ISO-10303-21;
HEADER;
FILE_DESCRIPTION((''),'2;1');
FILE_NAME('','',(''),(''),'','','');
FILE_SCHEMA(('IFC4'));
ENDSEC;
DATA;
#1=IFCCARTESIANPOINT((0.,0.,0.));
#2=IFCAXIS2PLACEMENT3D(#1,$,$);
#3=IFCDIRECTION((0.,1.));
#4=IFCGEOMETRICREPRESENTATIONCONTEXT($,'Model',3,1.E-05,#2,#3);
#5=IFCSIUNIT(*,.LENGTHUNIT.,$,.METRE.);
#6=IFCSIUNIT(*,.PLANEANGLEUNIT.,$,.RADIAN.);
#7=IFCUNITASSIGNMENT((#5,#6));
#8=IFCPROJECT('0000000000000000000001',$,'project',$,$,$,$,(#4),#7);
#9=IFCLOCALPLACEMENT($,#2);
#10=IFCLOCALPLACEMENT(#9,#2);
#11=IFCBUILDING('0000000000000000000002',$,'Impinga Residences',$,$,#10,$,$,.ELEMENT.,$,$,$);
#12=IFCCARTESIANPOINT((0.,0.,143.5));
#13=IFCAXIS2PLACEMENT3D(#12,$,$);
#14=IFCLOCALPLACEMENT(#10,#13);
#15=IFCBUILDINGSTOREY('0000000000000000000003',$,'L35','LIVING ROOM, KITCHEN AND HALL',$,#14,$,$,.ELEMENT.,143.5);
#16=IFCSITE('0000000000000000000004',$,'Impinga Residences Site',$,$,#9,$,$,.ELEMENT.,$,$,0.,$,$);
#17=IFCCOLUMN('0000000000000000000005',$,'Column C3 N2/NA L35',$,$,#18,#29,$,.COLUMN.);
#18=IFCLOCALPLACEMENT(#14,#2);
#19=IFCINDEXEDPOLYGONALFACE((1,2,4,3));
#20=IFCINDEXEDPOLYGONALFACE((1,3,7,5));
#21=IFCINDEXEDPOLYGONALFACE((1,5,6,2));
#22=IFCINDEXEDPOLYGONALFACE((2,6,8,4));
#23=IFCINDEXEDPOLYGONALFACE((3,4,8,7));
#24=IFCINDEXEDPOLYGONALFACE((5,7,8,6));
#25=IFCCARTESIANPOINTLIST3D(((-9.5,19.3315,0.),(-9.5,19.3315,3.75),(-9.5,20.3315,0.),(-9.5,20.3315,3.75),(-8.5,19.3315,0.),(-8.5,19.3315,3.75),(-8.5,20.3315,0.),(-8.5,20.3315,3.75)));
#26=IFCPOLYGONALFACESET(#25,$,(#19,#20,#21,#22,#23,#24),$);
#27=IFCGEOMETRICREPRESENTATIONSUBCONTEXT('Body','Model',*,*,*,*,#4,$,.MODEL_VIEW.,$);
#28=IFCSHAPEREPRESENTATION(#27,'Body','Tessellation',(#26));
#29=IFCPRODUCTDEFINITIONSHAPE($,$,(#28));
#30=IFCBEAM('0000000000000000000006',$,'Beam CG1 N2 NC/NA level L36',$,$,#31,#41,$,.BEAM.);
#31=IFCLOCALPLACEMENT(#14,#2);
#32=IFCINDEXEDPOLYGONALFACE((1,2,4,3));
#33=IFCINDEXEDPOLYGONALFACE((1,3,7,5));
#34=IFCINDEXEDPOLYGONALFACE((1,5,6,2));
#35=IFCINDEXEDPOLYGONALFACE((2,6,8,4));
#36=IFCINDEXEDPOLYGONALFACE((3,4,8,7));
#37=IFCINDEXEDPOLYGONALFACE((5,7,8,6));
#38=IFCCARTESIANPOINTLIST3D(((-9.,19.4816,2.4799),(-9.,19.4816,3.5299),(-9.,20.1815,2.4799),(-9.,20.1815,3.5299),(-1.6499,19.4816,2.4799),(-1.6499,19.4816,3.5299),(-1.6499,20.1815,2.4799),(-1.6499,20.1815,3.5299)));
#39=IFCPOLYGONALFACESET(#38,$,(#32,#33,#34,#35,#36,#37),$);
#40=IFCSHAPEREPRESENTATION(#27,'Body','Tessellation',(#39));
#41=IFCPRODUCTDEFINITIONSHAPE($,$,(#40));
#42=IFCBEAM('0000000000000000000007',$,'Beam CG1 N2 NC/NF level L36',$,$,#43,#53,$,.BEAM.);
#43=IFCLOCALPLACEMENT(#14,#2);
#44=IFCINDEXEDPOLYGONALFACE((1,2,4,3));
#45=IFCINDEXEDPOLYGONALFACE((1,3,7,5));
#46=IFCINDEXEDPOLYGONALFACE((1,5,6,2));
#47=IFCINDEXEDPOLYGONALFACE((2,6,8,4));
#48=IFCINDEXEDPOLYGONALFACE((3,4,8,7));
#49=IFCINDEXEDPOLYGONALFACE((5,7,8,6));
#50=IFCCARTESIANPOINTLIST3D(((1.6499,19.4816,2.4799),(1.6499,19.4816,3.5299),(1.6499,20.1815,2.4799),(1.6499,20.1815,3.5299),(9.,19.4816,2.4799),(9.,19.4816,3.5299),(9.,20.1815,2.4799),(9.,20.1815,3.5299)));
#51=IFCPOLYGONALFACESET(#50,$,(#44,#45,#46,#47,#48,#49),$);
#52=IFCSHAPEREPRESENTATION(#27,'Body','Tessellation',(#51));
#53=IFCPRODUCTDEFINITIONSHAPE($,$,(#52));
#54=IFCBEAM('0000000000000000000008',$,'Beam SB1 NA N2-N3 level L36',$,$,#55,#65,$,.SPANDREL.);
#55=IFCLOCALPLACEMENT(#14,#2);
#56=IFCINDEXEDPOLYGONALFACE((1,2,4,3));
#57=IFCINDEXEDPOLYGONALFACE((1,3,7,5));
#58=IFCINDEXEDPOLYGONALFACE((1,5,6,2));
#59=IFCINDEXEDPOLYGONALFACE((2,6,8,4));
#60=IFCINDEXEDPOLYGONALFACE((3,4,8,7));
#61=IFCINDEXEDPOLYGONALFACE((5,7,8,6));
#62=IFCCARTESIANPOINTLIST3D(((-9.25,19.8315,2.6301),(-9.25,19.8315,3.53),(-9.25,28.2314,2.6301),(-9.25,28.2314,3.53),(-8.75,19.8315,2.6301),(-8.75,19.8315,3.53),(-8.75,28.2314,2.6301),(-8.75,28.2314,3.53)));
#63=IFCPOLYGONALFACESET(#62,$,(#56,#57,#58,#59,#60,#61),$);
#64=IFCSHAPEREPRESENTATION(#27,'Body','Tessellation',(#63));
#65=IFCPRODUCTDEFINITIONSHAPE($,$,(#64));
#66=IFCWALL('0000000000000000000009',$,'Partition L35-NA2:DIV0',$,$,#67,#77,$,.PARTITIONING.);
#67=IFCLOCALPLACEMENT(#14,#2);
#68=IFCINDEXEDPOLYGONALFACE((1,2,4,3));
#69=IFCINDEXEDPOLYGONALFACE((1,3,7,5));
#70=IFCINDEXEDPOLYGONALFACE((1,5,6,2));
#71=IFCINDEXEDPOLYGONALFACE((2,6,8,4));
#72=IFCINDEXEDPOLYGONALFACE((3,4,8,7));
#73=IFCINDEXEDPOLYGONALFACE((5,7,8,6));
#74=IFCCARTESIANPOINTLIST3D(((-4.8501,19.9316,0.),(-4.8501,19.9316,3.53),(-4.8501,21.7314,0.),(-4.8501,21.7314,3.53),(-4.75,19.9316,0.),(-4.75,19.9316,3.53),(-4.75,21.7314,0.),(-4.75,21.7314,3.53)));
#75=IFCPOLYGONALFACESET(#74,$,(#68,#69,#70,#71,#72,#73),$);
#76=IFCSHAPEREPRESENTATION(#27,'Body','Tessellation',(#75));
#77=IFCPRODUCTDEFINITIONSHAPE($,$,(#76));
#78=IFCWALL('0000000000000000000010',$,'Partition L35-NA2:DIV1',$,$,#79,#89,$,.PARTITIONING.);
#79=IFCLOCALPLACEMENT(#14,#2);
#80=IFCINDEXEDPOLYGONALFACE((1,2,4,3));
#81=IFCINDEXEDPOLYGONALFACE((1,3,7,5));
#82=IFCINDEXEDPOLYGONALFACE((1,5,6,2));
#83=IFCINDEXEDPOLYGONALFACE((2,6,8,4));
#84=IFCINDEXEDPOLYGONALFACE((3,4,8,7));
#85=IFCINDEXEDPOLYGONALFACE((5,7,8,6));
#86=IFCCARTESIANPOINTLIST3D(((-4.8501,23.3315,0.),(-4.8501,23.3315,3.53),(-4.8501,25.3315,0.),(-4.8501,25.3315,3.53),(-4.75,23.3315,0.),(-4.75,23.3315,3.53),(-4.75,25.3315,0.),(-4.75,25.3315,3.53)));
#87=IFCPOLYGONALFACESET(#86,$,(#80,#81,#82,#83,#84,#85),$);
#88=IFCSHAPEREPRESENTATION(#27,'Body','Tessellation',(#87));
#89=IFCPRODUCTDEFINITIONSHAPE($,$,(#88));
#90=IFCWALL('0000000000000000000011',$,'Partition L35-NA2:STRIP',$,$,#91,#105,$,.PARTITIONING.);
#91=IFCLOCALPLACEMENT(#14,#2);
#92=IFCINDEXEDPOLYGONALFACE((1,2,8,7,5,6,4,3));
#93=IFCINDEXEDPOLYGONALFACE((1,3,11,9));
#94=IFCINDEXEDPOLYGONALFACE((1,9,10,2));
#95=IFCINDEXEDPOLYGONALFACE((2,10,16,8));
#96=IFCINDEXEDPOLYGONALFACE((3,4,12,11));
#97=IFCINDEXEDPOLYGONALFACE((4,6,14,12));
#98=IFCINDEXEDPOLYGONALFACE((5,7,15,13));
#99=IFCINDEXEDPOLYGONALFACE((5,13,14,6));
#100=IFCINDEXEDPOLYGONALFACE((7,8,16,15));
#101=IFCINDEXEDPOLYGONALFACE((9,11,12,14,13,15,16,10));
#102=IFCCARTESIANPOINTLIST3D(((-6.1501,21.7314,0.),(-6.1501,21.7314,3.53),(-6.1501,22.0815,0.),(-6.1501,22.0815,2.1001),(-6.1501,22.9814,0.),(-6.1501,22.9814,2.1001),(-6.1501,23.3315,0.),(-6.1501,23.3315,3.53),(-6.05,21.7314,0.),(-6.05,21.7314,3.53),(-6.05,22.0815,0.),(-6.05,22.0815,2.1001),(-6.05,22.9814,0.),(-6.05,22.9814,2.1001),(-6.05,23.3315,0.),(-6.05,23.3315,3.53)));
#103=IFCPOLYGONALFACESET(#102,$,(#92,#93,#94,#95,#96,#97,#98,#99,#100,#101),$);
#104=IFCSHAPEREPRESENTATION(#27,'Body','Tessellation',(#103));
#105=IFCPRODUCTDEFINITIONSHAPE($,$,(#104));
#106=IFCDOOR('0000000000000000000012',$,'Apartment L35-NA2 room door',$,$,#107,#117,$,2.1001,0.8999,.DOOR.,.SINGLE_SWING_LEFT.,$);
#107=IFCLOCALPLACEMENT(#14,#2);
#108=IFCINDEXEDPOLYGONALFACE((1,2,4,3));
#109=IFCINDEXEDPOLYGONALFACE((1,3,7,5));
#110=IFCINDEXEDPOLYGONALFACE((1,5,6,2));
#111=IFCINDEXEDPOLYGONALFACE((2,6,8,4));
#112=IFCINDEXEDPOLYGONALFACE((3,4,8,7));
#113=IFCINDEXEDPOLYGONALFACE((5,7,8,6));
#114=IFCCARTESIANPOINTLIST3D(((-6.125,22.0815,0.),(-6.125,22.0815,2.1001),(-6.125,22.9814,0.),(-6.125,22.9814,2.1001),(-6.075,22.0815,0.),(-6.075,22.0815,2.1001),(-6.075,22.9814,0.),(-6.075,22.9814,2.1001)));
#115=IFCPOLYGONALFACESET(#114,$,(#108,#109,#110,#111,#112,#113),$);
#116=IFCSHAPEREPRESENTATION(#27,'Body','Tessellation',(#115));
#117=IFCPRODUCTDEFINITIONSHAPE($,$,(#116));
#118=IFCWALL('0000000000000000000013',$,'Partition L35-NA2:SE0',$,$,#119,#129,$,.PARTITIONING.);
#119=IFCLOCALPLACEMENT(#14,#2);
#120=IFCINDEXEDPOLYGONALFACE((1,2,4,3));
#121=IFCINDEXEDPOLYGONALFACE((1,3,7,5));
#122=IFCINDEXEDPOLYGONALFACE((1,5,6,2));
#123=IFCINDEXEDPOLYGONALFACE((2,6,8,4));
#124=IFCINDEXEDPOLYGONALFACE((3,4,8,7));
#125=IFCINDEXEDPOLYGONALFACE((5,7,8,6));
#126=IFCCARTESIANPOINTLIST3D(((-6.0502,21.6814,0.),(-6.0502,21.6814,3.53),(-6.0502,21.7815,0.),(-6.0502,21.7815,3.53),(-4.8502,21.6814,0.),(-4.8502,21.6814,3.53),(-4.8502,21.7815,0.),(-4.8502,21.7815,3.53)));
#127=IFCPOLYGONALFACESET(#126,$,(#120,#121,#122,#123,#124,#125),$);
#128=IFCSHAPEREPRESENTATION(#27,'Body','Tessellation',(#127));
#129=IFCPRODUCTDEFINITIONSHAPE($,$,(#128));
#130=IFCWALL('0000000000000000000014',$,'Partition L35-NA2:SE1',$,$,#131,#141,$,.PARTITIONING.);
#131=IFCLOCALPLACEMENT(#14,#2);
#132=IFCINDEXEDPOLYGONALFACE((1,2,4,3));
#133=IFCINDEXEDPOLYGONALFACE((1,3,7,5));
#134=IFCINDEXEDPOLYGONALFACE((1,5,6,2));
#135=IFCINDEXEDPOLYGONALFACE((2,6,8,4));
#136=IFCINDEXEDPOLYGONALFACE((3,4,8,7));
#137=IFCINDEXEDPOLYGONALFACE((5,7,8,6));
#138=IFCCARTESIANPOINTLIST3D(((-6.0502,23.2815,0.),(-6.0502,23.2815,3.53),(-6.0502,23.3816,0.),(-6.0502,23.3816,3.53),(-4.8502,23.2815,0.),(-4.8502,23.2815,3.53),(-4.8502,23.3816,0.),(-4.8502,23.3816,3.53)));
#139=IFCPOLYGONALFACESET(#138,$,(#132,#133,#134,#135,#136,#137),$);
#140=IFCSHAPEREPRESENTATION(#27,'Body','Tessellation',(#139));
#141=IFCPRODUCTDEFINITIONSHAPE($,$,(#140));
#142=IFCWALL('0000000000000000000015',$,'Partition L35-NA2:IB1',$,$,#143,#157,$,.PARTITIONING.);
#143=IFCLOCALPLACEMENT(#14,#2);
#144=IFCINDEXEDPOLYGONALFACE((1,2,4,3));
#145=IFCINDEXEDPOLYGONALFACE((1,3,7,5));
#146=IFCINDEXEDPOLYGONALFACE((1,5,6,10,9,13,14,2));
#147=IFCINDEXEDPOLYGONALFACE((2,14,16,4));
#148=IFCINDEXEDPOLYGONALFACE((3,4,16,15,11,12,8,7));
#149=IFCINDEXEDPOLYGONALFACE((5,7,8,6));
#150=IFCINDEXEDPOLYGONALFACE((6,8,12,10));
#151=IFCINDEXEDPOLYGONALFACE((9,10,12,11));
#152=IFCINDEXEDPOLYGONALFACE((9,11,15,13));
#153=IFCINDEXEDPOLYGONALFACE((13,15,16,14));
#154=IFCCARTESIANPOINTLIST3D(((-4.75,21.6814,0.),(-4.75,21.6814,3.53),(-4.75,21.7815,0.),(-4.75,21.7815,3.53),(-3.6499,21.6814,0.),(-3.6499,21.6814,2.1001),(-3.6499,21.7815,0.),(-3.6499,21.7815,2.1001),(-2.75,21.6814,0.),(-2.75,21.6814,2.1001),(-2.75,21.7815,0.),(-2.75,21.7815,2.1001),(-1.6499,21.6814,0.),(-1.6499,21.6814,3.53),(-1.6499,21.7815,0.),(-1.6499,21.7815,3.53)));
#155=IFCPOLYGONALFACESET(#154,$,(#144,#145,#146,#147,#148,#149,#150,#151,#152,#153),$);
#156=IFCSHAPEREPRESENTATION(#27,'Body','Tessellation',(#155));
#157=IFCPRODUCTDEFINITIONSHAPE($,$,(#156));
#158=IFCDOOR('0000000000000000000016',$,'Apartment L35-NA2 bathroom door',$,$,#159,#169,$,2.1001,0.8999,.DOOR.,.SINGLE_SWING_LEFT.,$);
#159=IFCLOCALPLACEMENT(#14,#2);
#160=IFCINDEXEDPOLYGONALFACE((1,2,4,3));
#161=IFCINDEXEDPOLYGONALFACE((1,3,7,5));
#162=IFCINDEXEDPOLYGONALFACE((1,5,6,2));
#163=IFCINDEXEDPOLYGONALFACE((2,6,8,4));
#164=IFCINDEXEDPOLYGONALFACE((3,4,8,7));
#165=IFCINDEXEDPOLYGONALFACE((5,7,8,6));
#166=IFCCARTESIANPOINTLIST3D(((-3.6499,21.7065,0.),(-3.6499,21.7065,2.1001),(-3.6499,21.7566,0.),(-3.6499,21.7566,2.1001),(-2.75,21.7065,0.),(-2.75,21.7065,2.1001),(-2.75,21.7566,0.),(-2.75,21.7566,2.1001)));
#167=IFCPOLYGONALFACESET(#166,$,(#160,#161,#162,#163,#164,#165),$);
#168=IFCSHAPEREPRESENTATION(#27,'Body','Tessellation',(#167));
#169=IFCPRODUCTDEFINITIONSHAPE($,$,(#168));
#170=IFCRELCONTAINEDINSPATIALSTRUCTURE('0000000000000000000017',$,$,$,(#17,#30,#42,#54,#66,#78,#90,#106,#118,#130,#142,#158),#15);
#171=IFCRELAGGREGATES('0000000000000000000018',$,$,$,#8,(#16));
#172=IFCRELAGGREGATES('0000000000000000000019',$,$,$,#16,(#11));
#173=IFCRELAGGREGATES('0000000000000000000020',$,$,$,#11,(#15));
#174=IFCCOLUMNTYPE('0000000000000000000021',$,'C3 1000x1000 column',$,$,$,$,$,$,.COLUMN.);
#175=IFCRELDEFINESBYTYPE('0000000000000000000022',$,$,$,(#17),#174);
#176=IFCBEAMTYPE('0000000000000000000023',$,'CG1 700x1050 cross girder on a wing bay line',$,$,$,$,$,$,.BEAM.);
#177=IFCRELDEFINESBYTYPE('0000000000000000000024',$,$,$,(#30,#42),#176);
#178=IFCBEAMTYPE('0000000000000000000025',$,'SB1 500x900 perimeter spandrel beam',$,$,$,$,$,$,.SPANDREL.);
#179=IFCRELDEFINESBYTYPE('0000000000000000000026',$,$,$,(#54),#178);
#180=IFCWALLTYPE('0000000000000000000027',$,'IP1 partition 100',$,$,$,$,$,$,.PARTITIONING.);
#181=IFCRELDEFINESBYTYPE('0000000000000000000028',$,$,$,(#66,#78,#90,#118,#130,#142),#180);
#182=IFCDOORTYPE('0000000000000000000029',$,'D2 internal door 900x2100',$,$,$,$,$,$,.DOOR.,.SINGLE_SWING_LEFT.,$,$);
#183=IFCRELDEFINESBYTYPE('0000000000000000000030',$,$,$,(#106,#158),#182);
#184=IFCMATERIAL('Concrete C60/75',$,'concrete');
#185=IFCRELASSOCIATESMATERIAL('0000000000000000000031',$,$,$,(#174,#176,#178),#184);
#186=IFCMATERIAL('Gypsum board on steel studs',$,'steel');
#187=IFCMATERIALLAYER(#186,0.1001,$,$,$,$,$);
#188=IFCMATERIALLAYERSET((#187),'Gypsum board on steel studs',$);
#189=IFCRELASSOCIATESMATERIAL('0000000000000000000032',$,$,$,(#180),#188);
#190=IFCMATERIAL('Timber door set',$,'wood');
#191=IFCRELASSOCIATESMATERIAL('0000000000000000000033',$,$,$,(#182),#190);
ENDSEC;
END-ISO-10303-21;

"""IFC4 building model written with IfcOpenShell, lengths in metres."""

from ifc_helpers import new_model, si_unit, direction, frame, frame_2d, origin, origin_2d, place, context, subcontext, project, spatial, rectangle, extrude, material, layer, layer_set, material_profile, profile_set, type_object, element, fill, save


model = new_model("IFC4")

# Units and contexts
model_context = context("Model", 3, precision=1e-05, world=origin(), true_north=direction((0.0, 1.0)))
body_context = subcontext(model_context, "Body", "Model", "MODEL_VIEW")
ifc_project = project(units=[si_unit("LENGTHUNIT", "METRE"), si_unit("PLANEANGLEUNIT", "RADIAN")], contexts=[model_context])

# Site, building, storey
site_placement = place(None, origin())
site = spatial("IfcSite", under=ifc_project, at=site_placement, Name="Impinga Residences Site", CompositionType="ELEMENT", RefElevation=0.0)
building_placement = place(site_placement, origin())
building = spatial("IfcBuilding", under=site, at=building_placement, Name="Impinga Residences", CompositionType="ELEMENT")
storey_placement = place(building_placement, frame((0.0, 0.0, 143.5)))
storey = spatial("IfcBuildingStorey", under=building, at=storey_placement, Name="L35", Description="LIVING ROOM, KITCHEN AND HALL", CompositionType="ELEMENT", Elevation=143.5)

# Column
ifc_material_1 = material(Name="Concrete C60/75", Category="concrete")
ifc_material_profile_1 = material_profile(ifc_material_1, rectangle(XDim=1.0, YDim=1.0, at=origin_2d()), Name="RC 1000x1000")
ifc_profile_set_1 = profile_set([ifc_material_profile_1], Name="Concrete C60/75")
column_type = type_object("IfcColumnType", Name="C3 1000x1000 column", PredefinedType="COLUMN", material=ifc_profile_set_1)
column_placement = place(storey_placement, frame((-9.0, 19.8315, 0.0), z_axis=(0.0, 0.0, 1.0), x_axis=(1.0, 0.0, 0.0)))
element("IfcColumn", 1, at=column_placement, inside=storey, type_object=column_type, Name="Column C3 N2/NA L35", PredefinedType="COLUMN", context=body_context, shape_type="SweptSolid", body=[
    extrude(rectangle(XDim=1.0, YDim=1.0, at=origin_2d()), origin(), (0.0, 0.0, 1.0), 3.75),
])

# Beams
ifc_material_profile_2 = material_profile(ifc_material_1, rectangle(XDim=0.7, YDim=1.05, at=origin_2d()), Name="RC 700x1050")
ifc_profile_set_2 = profile_set([ifc_material_profile_2], Name="Concrete C60/75")
beam_type_1 = type_object("IfcBeamType", Name="CG1 700x1050 cross girder on a wing bay line", PredefinedType="BEAM", material=ifc_profile_set_2)
for number, where, z_axis, x_axis, name in (
    (2, (-1.6499, 19.8315, 3.0049), (-1.0, 0.0, 0.0), (0.0, -1.0, 0.0), "Beam CG1 N2 NC/NA level L36"),
    (3, (1.6499, 19.8315, 3.0049), (1.0, 0.0, 0.0), (0.0, 1.0, 0.0), "Beam CG1 N2 NC/NF level L36"),
):
    element("IfcBeam", number, at=place(storey_placement, frame(where, z_axis=z_axis, x_axis=x_axis)), inside=storey, type_object=beam_type_1, Name=name, PredefinedType="BEAM", context=body_context, shape_type="SweptSolid", body=[
        extrude(rectangle(XDim=0.7, YDim=1.05, at=origin_2d()), origin(), (0.0, 0.0, 1.0), 7.3501),
    ])
ifc_material_profile_3 = material_profile(ifc_material_1, rectangle(XDim=0.5, YDim=0.8999, at=origin_2d()), Name="RC 500x900")
ifc_profile_set_3 = profile_set([ifc_material_profile_3], Name="Concrete C60/75")
beam_type_2 = type_object("IfcBeamType", Name="SB1 500x900 perimeter spandrel beam", PredefinedType="SPANDREL", material=ifc_profile_set_3)
beam_placement = place(storey_placement, frame((-9.0, 19.8315, 3.0801), z_axis=(0.0, 1.0, 0.0), x_axis=(-1.0, 0.0, 0.0)))
element("IfcBeam", 4, at=beam_placement, inside=storey, type_object=beam_type_2, Name="Beam SB1 NA N2-N3 level L36", PredefinedType="SPANDREL", context=body_context, shape_type="SweptSolid", body=[
    extrude(rectangle(XDim=0.5, YDim=0.8999, at=origin_2d()), origin(), (0.0, 0.0, 1.0), 8.3999),
])

# Walls
ifc_material_2 = material(Name="Gypsum board on steel studs", Category="steel")
ifc_layer_1 = layer(ifc_material_2, 0.1001)
ifc_layer_set_1 = layer_set([ifc_layer_1], Name="Gypsum board on steel studs")
wall_type_1 = type_object("IfcWallType", Name="IP1 partition 100", PredefinedType="PARTITIONING", material=ifc_layer_set_1)
wall_1_placement = place(storey_placement, frame((-4.8, 19.9316, 0.0), z_axis=(0.0, 0.0, 1.0), x_axis=(0.0, 1.0, 0.0)))
element("IfcWall", 5, at=wall_1_placement, inside=storey, type_object=wall_type_1, Name="Partition L35-NA2:DIV0", PredefinedType="PARTITIONING", context=body_context, shape_type="SweptSolid", body=[
    extrude(rectangle(XDim=1.7998, YDim=0.1001, at=frame_2d((0.8999, 0.0))), origin(), (0.0, 0.0, 1.0), 3.53),
])
wall_2_placement = place(storey_placement, frame((-4.8, 23.3315, 0.0), z_axis=(0.0, 0.0, 1.0), x_axis=(0.0, 1.0, 0.0)))
element("IfcWall", 6, at=wall_2_placement, inside=storey, type_object=wall_type_1, Name="Partition L35-NA2:DIV1", PredefinedType="PARTITIONING", context=body_context, shape_type="SweptSolid", body=[
    extrude(rectangle(XDim=2.0, YDim=0.1001, at=frame_2d((1.0, 0.0))), origin(), (0.0, 0.0, 1.0), 3.53),
])

# Wall, opening, door
wall_3_placement = place(storey_placement, frame((-6.1001, 21.7314, 0.0), z_axis=(0.0, 0.0, 1.0), x_axis=(0.0, 1.0, 0.0)))
wall_3 = element("IfcWall", 7, at=wall_3_placement, inside=storey, type_object=wall_type_1, Name="Partition L35-NA2:STRIP", PredefinedType="PARTITIONING", context=body_context, shape_type="SweptSolid", body=[
    extrude(rectangle(XDim=1.6001, YDim=0.1001, at=frame_2d((0.8, 0.0))), origin(), (0.0, 0.0, 1.0), 3.53),
])
opening_1_placement = place(wall_3_placement, frame((0.3501, 0.0, 0.0)))
opening_1 = element("IfcOpeningElement", 8, at=opening_1_placement, cuts=wall_3, PredefinedType="OPENING", context=body_context, shape_type="SweptSolid", body=[
    extrude(rectangle(XDim=0.8999, YDim=2.1001, at=frame_2d((0.45, 1.05))), frame((0.0, 0.0601, 0.0), z_axis=(0.0, -1.0, 0.0), x_axis=(1.0, 0.0, 0.0)), (0.0, 0.0, 1.0), 0.1201),
])
ifc_material_3 = material(Name="Timber door set", Category="wood")
door_type = type_object("IfcDoorType", Name="D2 internal door 900x2100", OperationType="SINGLE_SWING_LEFT", PredefinedType="DOOR", material=ifc_material_3)
door_1_placement = place(opening_1_placement, origin())
door_1 = element("IfcDoor", 9, at=door_1_placement, inside=storey, type_object=door_type, Name="Apartment L35-NA2 room door", OperationType="SINGLE_SWING_LEFT", OverallHeight=2.1001, OverallWidth=0.8999, PredefinedType="DOOR", context=body_context, shape_type="SweptSolid", body=[
    extrude(rectangle(XDim=0.8999, YDim=2.1001, at=frame_2d((0.45, 1.05))), frame((0.0, 0.0249, 0.0), z_axis=(0.0, -1.0, 0.0), x_axis=(1.0, 0.0, 0.0)), (0.0, 0.0, 1.0), 0.05),
])
fill(opening_1, door_1)

# Walls
for number, where, z_axis, x_axis, name in (
    (10, (-4.8501, 21.7314, 0.0), (0.0, 0.0, 1.0), (-1.0, 0.0, 0.0), "Partition L35-NA2:SE0"),
    (11, (-4.8501, 23.3315, 0.0), (0.0, 0.0, 1.0), (-1.0, 0.0, 0.0), "Partition L35-NA2:SE1"),
):
    element("IfcWall", number, at=place(storey_placement, frame(where, z_axis=z_axis, x_axis=x_axis)), inside=storey, type_object=wall_type_1, Name=name, PredefinedType="PARTITIONING", context=body_context, shape_type="SweptSolid", body=[
        extrude(rectangle(XDim=1.2, YDim=0.1001, at=frame_2d((0.6001, 0.0))), origin(), (0.0, 0.0, 1.0), 3.53),
    ])

# Wall, opening, door
wall_4_placement = place(storey_placement, frame((-1.6499, 21.7314, 0.0), z_axis=(0.0, 0.0, 1.0), x_axis=(-1.0, 0.0, 0.0)))
wall_4 = element("IfcWall", 12, at=wall_4_placement, inside=storey, type_object=wall_type_1, Name="Partition L35-NA2:IB1", PredefinedType="PARTITIONING", context=body_context, shape_type="SweptSolid", body=[
    extrude(rectangle(XDim=3.1001, YDim=0.1001, at=frame_2d((1.55, 0.0))), origin(), (0.0, 0.0, 1.0), 3.53),
])
opening_2_placement = place(wall_4_placement, frame((1.1001, 0.0, 0.0)))
opening_2 = element("IfcOpeningElement", 13, at=opening_2_placement, cuts=wall_4, PredefinedType="OPENING", context=body_context, shape_type="SweptSolid", body=[
    extrude(rectangle(XDim=0.8999, YDim=2.1001, at=frame_2d((0.45, 1.05))), frame((0.0, 0.0601, 0.0), z_axis=(0.0, -1.0, 0.0), x_axis=(1.0, 0.0, 0.0)), (0.0, 0.0, 1.0), 0.1201),
])
door_2_placement = place(opening_2_placement, origin())
door_2 = element("IfcDoor", 14, at=door_2_placement, inside=storey, type_object=door_type, Name="Apartment L35-NA2 bathroom door", OperationType="SINGLE_SWING_LEFT", OverallHeight=2.1001, OverallWidth=0.8999, PredefinedType="DOOR", context=body_context, shape_type="SweptSolid", body=[
    extrude(rectangle(XDim=0.8999, YDim=2.1001, at=frame_2d((0.45, 1.05))), frame((0.0, 0.0249, 0.0), z_axis=(0.0, -1.0, 0.0), x_axis=(1.0, 0.0, 0.0)), (0.0, 0.0, 1.0), 0.05),
])
fill(opening_2, door_2)

save(model, "model.ifc")
